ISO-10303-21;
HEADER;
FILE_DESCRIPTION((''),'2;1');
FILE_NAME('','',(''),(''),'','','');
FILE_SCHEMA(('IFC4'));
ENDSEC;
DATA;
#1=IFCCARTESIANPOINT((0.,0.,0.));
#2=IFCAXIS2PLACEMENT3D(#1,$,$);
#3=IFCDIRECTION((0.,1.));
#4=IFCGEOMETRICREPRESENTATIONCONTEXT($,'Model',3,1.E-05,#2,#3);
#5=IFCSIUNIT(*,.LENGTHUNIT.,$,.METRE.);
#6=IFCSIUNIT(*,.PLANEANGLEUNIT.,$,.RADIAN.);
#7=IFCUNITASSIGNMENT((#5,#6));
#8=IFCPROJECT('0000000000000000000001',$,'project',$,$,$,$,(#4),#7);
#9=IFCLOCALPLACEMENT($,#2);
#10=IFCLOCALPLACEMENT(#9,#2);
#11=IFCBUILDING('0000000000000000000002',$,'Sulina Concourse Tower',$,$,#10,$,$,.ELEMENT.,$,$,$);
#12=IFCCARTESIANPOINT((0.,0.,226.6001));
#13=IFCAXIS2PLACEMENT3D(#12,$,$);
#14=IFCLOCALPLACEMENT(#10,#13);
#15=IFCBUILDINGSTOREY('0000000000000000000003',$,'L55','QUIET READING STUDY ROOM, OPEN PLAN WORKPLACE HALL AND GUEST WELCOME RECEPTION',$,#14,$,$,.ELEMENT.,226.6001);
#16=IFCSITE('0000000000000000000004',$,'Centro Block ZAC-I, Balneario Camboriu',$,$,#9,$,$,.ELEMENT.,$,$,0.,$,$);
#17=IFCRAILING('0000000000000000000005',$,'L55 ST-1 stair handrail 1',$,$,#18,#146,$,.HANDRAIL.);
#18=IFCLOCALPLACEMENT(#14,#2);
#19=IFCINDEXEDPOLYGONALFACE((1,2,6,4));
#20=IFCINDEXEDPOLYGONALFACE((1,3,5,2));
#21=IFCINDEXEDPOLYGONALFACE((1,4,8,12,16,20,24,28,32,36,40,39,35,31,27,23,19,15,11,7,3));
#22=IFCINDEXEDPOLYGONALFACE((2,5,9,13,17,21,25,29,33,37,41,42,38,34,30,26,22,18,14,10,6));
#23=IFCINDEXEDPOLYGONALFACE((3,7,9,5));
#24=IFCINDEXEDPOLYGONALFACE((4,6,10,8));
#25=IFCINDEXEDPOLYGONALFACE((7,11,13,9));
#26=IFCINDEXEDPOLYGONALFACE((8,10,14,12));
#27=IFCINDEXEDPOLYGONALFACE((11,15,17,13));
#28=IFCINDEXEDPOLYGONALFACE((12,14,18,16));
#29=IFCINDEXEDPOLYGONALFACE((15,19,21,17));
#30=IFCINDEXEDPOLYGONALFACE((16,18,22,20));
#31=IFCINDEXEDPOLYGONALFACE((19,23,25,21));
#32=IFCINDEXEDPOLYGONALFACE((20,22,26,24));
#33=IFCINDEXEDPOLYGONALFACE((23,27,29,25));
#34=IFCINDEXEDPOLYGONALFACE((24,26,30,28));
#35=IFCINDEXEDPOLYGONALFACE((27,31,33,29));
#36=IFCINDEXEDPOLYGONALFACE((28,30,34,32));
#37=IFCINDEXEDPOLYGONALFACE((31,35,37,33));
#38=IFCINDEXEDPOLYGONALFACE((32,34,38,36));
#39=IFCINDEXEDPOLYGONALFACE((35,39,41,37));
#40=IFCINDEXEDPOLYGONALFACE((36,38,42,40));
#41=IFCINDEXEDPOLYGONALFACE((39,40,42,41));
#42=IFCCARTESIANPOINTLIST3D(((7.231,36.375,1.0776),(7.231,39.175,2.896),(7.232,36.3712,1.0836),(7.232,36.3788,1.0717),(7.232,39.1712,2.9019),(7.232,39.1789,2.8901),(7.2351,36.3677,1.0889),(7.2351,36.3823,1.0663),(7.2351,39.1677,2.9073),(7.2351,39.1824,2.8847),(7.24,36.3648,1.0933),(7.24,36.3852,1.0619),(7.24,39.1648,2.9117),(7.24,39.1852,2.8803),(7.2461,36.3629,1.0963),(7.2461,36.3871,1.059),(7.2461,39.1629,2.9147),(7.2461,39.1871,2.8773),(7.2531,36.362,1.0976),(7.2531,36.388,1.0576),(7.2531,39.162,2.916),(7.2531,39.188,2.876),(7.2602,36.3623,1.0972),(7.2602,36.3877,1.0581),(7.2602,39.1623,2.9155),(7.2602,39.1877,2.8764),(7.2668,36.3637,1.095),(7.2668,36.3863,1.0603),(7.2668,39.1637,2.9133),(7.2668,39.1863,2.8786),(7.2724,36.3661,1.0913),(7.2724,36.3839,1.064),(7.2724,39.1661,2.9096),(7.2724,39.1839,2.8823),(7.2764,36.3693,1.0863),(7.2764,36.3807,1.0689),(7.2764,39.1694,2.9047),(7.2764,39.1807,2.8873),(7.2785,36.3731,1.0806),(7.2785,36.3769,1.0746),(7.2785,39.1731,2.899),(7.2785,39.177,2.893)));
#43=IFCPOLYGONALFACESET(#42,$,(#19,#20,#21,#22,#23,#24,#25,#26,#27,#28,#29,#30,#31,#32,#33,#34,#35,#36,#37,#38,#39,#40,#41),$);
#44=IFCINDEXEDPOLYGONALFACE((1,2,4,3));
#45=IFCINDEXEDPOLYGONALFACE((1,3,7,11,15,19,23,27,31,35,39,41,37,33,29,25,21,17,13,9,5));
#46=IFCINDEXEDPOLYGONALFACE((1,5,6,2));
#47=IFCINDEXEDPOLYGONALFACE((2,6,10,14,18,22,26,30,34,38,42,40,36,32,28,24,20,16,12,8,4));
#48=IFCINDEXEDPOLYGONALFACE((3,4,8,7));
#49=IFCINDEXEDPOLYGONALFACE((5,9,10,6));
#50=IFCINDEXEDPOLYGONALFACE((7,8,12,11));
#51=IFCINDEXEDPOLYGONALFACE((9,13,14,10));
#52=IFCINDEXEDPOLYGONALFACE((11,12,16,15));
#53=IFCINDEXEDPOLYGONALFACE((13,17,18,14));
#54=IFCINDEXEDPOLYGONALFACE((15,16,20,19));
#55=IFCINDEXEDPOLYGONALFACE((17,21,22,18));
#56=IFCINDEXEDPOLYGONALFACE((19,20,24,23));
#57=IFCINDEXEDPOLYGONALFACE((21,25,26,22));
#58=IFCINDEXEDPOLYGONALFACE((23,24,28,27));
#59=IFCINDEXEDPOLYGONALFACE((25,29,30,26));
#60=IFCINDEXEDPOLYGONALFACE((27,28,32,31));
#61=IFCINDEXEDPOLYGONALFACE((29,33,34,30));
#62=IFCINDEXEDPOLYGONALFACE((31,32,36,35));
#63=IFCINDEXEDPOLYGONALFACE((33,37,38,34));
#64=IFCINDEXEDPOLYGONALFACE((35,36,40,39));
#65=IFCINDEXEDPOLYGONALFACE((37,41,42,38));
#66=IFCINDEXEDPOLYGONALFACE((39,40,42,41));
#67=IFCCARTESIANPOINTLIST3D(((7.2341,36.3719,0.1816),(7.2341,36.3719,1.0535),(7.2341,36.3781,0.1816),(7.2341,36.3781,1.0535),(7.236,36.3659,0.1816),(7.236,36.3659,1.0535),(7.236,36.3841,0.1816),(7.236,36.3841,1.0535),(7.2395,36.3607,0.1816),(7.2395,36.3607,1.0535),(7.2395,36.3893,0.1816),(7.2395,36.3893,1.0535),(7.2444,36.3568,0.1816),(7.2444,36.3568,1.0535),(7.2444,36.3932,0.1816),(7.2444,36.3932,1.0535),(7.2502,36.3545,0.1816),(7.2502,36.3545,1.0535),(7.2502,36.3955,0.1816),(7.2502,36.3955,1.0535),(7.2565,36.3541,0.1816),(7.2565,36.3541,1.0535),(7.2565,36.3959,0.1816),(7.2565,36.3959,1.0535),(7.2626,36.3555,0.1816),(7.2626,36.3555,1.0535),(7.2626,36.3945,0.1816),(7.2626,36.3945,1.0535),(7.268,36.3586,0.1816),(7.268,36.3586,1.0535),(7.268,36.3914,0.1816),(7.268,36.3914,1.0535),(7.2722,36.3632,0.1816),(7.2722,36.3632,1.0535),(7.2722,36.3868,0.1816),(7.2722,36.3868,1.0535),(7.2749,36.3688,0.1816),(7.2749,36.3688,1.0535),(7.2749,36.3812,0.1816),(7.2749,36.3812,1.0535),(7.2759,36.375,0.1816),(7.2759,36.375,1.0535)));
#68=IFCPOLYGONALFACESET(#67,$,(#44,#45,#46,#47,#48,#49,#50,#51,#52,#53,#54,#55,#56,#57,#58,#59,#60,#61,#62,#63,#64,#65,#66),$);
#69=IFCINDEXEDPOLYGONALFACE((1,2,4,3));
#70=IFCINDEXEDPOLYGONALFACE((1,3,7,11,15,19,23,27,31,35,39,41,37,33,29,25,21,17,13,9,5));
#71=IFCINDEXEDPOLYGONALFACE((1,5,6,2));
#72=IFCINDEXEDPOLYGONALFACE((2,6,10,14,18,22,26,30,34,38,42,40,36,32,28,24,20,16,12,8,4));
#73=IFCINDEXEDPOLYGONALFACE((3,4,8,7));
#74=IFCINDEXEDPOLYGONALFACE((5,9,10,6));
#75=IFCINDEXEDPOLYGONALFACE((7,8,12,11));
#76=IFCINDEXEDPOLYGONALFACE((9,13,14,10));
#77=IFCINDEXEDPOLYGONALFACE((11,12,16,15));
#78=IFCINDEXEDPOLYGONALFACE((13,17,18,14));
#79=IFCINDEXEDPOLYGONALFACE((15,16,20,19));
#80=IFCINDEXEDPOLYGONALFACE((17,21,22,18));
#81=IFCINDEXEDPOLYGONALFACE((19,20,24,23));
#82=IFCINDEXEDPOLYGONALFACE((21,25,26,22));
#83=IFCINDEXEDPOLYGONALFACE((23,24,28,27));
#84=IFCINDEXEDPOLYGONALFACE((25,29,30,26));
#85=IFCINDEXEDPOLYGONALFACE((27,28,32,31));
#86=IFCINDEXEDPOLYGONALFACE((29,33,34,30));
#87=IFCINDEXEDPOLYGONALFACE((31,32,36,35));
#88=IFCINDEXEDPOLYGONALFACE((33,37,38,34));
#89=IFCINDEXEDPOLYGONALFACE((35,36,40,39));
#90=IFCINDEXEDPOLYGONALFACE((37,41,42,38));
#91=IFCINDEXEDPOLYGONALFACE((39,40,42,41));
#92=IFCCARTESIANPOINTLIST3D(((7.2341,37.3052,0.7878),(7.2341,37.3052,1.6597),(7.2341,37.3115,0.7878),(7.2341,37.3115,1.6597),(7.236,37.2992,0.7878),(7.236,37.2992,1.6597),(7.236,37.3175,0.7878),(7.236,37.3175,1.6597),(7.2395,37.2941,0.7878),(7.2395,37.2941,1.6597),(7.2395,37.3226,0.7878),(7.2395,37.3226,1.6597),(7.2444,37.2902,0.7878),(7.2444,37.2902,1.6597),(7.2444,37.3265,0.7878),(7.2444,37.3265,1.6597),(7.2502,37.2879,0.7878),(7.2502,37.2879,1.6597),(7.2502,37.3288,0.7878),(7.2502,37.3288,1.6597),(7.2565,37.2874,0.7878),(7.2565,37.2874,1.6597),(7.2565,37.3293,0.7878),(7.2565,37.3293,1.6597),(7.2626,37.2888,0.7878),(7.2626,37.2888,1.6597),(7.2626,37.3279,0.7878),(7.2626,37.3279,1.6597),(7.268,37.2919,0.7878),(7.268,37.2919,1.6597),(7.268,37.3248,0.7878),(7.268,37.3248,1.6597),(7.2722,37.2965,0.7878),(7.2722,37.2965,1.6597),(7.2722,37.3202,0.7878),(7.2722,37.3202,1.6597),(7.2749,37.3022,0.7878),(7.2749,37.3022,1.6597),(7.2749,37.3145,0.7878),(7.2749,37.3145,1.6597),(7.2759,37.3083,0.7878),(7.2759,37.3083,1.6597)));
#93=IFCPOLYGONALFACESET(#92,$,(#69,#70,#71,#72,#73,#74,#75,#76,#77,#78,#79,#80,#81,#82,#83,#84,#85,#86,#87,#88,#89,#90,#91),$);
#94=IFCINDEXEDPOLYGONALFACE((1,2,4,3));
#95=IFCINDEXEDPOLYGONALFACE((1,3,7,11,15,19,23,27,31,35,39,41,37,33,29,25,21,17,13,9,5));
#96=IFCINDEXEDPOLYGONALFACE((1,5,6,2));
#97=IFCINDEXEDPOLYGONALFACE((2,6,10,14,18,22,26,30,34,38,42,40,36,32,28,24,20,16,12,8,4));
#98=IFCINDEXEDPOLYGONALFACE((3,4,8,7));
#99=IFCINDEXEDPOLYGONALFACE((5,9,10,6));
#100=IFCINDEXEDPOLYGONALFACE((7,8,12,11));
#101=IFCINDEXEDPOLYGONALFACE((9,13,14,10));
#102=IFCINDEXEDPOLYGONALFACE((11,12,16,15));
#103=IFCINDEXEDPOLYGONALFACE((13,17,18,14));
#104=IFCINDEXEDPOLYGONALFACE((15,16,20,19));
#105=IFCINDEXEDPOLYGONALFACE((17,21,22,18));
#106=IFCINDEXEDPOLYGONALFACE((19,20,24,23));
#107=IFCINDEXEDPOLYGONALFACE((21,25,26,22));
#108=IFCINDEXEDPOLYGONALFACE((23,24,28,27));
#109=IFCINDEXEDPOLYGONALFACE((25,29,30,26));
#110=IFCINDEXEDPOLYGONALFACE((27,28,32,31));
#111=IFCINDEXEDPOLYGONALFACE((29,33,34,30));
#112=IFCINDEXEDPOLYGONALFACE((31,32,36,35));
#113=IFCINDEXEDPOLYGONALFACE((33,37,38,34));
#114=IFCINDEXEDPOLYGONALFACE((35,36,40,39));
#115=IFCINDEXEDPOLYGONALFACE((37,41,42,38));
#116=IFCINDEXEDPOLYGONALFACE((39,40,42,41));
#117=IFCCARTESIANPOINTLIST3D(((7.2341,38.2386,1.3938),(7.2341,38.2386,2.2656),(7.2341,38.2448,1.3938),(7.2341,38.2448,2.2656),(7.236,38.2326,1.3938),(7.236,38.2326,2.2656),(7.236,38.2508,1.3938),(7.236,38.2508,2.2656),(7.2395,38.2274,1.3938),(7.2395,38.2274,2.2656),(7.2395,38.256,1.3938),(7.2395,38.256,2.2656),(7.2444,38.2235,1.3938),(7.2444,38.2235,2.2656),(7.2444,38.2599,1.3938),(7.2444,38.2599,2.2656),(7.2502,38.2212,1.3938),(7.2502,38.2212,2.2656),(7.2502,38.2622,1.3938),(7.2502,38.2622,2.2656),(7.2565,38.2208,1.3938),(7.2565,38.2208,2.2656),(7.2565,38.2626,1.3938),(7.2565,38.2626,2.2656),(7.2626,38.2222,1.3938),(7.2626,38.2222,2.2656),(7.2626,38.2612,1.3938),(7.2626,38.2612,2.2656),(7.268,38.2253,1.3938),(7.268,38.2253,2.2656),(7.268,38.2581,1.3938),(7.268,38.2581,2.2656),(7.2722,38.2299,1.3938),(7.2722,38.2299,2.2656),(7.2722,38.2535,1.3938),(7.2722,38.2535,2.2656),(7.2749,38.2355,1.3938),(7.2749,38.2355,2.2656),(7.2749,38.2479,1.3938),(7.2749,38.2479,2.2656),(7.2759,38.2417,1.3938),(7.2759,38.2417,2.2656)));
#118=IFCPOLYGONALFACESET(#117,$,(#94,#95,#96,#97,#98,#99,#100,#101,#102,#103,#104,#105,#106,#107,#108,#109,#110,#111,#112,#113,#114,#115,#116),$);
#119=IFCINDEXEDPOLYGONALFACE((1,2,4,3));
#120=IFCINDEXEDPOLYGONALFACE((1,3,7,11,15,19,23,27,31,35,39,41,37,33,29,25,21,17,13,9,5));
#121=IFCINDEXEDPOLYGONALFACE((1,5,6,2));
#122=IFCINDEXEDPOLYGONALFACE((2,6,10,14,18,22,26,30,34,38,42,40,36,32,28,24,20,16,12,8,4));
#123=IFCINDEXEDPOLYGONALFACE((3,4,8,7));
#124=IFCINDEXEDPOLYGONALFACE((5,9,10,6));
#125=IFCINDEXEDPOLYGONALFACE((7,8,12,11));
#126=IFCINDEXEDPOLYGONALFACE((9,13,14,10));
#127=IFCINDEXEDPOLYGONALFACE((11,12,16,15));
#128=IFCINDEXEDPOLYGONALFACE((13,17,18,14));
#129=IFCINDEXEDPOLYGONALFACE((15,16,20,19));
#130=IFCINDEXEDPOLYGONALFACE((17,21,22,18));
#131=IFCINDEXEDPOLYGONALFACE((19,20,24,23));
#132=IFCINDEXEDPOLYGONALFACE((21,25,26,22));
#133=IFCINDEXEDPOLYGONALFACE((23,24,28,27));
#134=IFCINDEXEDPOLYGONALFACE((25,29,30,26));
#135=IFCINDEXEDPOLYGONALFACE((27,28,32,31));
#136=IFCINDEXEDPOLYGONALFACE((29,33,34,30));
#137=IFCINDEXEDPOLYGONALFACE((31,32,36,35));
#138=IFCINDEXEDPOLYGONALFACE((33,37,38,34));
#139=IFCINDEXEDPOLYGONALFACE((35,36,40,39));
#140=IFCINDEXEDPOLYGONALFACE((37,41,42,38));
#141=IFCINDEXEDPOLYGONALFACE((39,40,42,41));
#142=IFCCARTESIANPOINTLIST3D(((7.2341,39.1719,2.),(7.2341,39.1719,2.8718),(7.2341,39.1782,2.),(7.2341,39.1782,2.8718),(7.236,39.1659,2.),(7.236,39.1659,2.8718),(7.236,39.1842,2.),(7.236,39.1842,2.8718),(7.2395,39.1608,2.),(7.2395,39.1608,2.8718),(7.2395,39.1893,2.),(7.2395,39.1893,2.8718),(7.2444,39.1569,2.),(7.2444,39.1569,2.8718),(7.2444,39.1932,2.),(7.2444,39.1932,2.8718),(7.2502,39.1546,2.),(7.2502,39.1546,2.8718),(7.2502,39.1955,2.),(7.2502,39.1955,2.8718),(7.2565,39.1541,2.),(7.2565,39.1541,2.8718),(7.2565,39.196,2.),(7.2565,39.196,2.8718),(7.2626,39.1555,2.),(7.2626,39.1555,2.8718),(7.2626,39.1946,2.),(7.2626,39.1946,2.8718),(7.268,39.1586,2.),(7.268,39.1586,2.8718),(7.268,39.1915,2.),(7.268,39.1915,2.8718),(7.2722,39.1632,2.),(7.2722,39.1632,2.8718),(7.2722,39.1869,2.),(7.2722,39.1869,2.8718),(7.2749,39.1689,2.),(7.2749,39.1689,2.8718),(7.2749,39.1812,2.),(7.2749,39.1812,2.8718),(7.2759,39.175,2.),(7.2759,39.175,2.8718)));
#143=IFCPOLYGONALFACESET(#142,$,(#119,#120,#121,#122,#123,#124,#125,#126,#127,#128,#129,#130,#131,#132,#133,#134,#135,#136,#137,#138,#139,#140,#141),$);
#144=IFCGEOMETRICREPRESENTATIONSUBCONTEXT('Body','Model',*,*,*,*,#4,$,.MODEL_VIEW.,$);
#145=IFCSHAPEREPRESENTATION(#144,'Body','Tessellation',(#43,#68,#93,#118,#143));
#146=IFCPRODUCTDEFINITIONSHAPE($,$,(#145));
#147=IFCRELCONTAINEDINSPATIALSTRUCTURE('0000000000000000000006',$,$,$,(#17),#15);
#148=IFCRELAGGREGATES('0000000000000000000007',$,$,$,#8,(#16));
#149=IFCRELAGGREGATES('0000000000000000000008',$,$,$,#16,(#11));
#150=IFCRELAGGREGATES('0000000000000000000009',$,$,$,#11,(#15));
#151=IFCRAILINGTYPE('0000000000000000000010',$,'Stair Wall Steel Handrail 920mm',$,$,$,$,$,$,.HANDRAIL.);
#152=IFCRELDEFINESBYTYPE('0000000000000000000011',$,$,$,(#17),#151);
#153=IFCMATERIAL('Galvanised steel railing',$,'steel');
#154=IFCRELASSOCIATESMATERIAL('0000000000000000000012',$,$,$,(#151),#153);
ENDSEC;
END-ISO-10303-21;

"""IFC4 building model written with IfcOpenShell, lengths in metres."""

from ifc_helpers import new_model, si_unit, direction, frame, origin, origin_2d, place, context, subcontext, project, spatial, circle, extrude, material, type_object, element, save


model = new_model("IFC4")

# Units and contexts
model_context = context("Model", 3, precision=1e-05, world=origin(), true_north=direction((0.0, 1.0)))
body_context = subcontext(model_context, "Body", "Model", "MODEL_VIEW")
ifc_project = project(units=[si_unit("LENGTHUNIT", "METRE"), si_unit("PLANEANGLEUNIT", "RADIAN")], contexts=[model_context])

# Site, building, storey
site_placement = place(None, origin())
site = spatial("IfcSite", under=ifc_project, at=site_placement, Name="Centro Block ZAC-I, Balneario Camboriu", CompositionType="ELEMENT", RefElevation=0.0)
building_placement = place(site_placement, origin())
building = spatial("IfcBuilding", under=site, at=building_placement, Name="Sulina Concourse Tower", CompositionType="ELEMENT")
storey_placement = place(building_placement, frame((0.0, 0.0, 226.6001)))
storey = spatial("IfcBuildingStorey", under=building, at=storey_placement, Name="L55", Description="QUIET READING STUDY ROOM, OPEN PLAN WORKPLACE HALL AND GUEST WELCOME RECEPTION", CompositionType="ELEMENT", Elevation=226.6001)

# Railing
ifc_material_1 = material(Name="Galvanised steel railing", Category="steel")
railing_type_1 = type_object("IfcRailingType", Name="Stair Wall Steel Handrail 920mm", PredefinedType="HANDRAIL", material=ifc_material_1)
railing_1_placement = place(storey_placement, frame((7.2549, 36.375, 0.1816)))
element("IfcRailing", 1, at=railing_1_placement, inside=storey, type_object=railing_type_1, Name="L55 ST-1 stair handrail 1", PredefinedType="HANDRAIL", context=body_context, shape_type="SweptSolid", body=[
    extrude(circle(Radius=0.0239, at=origin_2d()), frame((0.0, 0.0, 0.896), z_axis=(0.0, 0.838672, 0.544636), x_axis=(-1.0, 0.0, 0.0)), (0.0, 0.0, 1.0), 3.3386),
    extrude(circle(Radius=0.021, at=origin_2d()), origin(), (0.0, 0.0, 1.0), 0.8718),
    extrude(circle(Radius=0.021, at=origin_2d()), frame((0.0, 0.9333, 0.6062)), (0.0, 0.0, 1.0), 0.8718),
    extrude(circle(Radius=0.021, at=origin_2d()), frame((0.0, 1.8667, 1.2122)), (0.0, 0.0, 1.0), 0.8718),
    extrude(circle(Radius=0.021, at=origin_2d()), frame((0.0, 2.8, 1.8184)), (0.0, 0.0, 1.0), 0.8718),
])

save(model, "model.ifc")
